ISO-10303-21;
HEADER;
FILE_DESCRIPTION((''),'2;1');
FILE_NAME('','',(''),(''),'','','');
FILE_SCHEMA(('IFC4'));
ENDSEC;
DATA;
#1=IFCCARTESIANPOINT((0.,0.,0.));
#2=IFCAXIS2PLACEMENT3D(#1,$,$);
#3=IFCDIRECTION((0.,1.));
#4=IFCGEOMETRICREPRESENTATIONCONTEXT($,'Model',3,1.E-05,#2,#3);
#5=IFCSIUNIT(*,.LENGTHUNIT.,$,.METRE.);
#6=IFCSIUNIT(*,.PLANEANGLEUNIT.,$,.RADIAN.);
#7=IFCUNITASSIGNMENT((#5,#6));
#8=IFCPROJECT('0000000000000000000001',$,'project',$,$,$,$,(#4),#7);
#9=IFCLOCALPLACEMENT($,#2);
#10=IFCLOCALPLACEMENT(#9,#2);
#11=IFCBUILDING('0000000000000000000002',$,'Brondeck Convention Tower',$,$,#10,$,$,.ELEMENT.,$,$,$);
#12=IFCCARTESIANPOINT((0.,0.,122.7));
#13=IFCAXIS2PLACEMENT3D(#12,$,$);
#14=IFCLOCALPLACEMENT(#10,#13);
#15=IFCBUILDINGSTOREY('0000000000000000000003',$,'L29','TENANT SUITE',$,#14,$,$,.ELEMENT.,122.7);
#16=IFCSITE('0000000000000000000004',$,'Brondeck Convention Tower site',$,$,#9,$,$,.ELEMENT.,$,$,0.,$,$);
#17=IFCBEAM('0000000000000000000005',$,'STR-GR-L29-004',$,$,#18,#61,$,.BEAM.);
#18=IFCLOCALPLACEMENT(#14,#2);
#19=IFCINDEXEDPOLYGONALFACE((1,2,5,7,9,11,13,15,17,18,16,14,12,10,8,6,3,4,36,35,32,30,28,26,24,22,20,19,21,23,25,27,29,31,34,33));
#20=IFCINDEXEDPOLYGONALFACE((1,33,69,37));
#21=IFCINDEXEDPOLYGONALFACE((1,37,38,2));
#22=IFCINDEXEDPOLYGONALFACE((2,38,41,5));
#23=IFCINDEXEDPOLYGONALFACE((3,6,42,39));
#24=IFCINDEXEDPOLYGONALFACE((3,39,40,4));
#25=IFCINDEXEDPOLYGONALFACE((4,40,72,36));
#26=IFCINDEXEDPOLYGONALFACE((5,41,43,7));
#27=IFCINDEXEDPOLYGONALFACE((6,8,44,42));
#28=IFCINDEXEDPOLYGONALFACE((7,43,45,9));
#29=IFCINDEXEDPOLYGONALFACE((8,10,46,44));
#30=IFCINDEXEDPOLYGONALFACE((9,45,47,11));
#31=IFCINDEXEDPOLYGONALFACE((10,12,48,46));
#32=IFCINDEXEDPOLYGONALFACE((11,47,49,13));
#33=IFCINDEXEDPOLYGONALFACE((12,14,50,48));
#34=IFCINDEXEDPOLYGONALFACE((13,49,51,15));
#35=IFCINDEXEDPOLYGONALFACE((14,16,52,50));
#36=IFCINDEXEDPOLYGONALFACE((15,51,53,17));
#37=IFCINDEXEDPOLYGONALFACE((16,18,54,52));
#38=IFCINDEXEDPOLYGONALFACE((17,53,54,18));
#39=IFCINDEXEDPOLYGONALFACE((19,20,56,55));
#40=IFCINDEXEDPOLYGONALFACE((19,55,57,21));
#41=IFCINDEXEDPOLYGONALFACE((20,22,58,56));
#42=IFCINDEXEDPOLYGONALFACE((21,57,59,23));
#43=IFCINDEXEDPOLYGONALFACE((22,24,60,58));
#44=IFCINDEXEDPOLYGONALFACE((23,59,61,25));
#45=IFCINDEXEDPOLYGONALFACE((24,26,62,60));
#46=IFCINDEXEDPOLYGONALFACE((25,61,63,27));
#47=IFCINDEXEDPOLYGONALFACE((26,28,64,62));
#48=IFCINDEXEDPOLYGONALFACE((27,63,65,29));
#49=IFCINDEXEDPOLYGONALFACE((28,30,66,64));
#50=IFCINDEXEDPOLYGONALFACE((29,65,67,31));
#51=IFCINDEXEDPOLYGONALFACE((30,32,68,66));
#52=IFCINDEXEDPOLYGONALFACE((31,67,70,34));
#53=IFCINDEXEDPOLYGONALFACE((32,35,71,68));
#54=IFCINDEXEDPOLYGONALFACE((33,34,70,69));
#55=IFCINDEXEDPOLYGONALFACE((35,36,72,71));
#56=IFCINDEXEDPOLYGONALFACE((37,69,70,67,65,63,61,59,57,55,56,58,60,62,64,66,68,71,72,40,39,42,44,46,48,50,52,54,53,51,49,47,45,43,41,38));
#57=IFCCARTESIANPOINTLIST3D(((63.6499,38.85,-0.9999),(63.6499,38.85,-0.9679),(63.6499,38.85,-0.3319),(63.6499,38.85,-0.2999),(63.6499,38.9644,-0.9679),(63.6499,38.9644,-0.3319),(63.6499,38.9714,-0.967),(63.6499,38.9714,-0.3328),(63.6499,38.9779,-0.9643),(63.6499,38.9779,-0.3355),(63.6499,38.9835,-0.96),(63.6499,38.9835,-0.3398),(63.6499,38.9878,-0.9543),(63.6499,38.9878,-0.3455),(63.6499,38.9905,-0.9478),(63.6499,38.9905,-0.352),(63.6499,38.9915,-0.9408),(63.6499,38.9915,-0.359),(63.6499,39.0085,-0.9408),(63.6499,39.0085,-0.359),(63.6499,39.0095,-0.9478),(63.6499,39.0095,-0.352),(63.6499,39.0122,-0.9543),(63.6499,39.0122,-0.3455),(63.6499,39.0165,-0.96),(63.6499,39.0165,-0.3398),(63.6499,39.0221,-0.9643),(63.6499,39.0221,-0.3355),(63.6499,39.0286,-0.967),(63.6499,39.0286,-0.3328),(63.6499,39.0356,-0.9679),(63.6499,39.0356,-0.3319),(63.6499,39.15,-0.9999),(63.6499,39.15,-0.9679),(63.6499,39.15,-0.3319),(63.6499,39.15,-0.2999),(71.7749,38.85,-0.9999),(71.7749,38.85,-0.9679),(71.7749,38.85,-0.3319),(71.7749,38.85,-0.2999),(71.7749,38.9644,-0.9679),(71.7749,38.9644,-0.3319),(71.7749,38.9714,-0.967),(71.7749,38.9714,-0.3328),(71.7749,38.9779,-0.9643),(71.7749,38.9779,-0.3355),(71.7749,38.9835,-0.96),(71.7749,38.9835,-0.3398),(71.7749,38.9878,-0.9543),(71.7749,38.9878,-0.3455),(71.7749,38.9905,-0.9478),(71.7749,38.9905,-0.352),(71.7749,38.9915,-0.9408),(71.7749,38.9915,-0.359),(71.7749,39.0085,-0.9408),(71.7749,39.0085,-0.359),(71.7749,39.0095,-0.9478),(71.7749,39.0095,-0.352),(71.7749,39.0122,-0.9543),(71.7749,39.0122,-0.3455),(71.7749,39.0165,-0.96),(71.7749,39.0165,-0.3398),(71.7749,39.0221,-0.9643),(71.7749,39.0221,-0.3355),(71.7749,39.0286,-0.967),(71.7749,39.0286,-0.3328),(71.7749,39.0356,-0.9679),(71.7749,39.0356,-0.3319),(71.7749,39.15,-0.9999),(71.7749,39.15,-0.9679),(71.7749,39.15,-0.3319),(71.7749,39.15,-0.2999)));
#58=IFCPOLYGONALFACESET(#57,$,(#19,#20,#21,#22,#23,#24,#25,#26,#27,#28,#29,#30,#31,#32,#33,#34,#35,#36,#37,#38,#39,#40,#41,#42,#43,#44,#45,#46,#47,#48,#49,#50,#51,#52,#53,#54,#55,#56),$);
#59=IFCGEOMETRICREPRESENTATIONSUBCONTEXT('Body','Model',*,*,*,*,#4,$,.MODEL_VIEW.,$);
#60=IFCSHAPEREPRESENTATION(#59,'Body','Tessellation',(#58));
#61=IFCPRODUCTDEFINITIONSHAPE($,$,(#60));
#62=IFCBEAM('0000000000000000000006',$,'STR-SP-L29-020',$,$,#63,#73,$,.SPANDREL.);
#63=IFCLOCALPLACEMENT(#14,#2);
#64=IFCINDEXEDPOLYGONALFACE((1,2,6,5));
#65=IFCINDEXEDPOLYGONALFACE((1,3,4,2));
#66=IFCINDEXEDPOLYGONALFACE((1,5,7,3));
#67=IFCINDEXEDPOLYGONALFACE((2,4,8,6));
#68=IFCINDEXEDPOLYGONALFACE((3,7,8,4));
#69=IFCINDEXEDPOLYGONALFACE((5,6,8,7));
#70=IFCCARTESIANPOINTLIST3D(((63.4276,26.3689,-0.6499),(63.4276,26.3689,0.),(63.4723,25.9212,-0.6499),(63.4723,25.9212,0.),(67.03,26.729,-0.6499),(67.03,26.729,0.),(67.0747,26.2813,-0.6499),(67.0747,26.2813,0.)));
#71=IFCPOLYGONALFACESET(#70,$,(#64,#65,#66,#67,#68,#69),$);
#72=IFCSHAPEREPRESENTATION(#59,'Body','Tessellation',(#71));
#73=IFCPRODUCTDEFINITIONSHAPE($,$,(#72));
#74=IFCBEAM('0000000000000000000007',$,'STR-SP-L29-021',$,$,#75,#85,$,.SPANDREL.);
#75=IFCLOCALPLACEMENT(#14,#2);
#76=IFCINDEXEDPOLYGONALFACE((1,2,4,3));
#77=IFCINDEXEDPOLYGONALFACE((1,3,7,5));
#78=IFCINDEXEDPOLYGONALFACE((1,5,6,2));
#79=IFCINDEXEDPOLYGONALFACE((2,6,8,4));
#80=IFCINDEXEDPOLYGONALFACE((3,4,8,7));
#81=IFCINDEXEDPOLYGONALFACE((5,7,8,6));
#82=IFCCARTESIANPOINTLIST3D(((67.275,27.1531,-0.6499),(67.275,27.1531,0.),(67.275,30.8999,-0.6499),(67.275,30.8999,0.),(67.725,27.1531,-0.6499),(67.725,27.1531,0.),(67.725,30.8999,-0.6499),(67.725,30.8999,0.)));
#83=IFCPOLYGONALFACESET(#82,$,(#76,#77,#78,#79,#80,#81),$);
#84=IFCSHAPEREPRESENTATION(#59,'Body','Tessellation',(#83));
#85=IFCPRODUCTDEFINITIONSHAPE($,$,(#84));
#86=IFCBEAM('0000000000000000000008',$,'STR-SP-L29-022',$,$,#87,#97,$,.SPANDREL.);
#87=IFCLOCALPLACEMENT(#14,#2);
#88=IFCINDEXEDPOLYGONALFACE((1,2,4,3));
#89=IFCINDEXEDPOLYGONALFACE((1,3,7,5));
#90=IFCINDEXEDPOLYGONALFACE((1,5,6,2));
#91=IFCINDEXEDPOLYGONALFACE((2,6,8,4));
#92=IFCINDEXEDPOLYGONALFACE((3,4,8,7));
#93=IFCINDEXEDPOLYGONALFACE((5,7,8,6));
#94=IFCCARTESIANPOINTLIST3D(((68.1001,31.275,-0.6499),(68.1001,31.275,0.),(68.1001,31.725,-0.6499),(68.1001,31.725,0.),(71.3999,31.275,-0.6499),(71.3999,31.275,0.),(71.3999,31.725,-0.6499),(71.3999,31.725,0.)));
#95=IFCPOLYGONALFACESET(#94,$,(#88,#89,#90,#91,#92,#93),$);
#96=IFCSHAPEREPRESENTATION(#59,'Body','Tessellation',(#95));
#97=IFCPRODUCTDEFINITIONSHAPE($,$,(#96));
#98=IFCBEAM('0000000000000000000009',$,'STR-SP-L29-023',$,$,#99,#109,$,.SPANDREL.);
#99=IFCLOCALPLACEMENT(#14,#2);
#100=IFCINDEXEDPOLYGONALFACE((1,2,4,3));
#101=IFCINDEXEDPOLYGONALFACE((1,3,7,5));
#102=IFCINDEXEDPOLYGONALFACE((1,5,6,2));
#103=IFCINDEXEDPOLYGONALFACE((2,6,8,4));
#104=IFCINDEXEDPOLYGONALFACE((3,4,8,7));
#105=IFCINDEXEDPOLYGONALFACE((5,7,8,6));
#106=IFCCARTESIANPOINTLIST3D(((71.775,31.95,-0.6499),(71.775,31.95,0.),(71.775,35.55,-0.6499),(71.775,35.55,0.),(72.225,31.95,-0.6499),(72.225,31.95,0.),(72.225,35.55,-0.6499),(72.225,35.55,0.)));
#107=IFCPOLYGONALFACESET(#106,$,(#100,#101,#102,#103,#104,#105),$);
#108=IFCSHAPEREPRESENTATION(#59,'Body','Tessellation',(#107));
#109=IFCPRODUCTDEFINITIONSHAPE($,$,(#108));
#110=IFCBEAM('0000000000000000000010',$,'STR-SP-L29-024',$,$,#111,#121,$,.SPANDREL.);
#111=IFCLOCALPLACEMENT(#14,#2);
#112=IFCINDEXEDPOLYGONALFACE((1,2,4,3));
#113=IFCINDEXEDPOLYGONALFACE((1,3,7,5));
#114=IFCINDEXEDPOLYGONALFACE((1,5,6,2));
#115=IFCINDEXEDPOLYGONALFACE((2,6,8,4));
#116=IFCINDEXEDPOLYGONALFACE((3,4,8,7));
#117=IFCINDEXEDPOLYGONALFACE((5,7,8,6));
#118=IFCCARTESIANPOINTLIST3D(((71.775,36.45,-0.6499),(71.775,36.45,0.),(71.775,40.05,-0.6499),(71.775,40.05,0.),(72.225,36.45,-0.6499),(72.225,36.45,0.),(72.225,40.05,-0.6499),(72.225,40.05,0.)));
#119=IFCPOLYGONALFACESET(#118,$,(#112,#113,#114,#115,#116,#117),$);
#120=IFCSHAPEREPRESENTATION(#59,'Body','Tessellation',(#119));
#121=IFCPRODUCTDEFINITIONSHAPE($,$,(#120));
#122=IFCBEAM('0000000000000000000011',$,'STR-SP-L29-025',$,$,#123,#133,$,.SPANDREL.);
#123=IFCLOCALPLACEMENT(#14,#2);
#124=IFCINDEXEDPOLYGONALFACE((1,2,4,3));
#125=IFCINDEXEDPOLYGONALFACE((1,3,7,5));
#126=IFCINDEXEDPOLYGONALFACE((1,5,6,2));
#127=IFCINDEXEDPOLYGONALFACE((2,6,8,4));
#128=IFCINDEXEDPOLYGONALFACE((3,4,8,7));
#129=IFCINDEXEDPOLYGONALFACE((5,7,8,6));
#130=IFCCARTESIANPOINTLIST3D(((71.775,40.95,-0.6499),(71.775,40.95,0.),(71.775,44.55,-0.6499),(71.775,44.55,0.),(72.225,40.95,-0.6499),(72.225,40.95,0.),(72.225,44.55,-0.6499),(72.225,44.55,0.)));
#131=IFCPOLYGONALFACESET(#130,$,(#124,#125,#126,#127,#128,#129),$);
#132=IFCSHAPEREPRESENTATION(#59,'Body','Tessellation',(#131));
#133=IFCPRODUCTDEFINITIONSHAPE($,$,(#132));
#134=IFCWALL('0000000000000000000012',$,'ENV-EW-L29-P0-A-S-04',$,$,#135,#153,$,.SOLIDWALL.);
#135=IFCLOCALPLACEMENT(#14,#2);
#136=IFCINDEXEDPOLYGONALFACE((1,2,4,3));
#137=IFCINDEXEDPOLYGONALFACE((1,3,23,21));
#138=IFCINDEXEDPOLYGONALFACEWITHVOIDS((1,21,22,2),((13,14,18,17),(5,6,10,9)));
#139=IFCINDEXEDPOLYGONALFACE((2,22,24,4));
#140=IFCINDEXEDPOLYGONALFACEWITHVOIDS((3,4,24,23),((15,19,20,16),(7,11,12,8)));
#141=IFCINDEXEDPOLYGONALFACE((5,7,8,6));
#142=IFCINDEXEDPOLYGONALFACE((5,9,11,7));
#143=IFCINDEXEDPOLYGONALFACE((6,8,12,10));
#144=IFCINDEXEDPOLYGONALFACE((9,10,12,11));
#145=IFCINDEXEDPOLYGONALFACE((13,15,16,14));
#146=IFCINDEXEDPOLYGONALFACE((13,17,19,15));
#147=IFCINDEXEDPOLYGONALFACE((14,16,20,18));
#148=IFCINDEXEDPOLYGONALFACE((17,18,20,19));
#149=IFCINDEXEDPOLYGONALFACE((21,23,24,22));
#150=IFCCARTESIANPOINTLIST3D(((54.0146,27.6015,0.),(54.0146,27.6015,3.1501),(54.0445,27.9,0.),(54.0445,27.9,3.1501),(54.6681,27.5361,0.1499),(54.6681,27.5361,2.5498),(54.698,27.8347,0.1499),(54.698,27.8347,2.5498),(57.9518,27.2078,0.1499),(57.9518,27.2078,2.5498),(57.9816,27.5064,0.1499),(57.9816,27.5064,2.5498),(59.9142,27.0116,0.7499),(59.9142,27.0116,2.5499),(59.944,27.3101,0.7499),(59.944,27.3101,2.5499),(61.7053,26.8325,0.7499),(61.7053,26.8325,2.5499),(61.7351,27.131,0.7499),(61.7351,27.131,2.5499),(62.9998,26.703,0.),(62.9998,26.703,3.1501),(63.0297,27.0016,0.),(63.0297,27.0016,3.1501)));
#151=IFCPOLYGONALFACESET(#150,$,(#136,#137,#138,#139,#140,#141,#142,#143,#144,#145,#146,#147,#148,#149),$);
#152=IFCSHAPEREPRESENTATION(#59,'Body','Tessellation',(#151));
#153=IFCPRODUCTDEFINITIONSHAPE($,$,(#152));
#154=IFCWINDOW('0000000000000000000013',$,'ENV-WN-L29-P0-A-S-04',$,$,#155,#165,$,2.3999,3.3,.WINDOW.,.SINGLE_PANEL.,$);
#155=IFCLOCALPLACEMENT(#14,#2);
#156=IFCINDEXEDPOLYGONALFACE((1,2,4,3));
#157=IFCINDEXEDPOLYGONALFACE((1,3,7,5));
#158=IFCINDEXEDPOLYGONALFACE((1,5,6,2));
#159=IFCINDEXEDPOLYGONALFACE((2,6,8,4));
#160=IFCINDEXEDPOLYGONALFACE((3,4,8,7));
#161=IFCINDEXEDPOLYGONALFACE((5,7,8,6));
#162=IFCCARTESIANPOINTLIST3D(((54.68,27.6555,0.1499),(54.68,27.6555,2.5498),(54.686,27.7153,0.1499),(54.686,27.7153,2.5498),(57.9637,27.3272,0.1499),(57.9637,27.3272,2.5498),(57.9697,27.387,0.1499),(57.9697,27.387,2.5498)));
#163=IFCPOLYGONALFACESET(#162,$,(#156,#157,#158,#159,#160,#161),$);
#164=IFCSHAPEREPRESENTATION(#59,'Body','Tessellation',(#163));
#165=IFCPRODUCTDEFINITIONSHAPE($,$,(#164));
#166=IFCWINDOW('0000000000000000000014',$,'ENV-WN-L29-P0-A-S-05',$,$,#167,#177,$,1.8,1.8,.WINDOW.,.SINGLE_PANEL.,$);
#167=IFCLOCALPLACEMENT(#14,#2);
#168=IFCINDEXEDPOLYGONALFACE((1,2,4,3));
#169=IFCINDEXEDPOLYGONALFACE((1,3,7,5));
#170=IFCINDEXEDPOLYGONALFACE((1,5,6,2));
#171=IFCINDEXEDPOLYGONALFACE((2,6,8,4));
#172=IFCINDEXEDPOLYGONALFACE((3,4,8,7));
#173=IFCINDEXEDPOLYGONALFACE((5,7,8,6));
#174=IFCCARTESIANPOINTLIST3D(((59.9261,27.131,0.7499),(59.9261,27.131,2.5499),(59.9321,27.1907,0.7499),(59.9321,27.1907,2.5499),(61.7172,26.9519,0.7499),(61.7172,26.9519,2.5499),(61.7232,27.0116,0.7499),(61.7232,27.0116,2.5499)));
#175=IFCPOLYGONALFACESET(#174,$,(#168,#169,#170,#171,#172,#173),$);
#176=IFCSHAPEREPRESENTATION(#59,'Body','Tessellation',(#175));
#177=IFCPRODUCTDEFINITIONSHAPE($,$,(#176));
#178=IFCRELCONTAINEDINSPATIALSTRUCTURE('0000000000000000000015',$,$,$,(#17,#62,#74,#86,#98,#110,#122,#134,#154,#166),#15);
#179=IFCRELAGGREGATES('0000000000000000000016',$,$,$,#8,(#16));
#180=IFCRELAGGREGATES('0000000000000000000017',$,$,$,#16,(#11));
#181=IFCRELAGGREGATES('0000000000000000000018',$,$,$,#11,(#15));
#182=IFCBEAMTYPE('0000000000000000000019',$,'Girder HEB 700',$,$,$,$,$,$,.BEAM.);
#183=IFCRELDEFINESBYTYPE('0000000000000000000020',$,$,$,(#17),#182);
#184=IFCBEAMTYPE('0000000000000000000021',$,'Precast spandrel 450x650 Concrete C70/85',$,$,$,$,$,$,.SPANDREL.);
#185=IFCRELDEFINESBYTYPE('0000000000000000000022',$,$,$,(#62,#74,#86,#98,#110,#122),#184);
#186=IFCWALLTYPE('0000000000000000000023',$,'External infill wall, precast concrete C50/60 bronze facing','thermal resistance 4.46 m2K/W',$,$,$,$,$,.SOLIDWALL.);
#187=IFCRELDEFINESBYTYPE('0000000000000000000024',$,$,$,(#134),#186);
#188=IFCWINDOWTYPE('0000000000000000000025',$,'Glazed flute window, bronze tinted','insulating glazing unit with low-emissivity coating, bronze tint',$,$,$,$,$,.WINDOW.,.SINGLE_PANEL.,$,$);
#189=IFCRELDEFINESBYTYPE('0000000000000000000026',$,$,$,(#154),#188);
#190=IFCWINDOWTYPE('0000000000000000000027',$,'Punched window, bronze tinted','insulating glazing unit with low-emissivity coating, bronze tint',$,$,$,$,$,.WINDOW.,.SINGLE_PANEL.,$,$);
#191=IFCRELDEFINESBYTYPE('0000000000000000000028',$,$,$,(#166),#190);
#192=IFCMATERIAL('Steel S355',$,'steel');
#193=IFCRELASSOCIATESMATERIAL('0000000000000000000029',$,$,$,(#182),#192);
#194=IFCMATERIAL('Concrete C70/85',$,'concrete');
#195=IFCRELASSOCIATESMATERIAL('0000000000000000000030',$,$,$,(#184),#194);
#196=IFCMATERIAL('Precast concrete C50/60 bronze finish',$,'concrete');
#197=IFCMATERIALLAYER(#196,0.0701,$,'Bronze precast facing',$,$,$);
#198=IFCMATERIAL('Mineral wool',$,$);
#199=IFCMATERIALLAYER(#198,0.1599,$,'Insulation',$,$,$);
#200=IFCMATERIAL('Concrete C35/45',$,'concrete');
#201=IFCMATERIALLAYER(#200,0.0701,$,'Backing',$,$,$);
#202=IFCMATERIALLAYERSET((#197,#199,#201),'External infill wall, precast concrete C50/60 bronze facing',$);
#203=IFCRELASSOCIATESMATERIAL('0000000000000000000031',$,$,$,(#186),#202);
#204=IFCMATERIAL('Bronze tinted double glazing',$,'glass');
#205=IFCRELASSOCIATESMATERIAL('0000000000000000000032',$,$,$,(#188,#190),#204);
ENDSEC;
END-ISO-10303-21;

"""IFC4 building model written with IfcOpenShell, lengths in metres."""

from ifc_helpers import new_model, si_unit, direction, frame, frame_2d, origin, origin_2d, place, context, subcontext, project, spatial, rectangle, i_section, extrude, material, layer, layer_set, material_profile, profile_set, type_object, element, fill, save


model = new_model("IFC4")

# Units and contexts
model_context = context("Model", 3, precision=1e-05, world=origin(), true_north=direction((0.0, 1.0)))
body_context = subcontext(model_context, "Body", "Model", "MODEL_VIEW")
ifc_project = project(units=[si_unit("LENGTHUNIT", "METRE"), si_unit("PLANEANGLEUNIT", "RADIAN")], contexts=[model_context])

# Site, building, storey
site_placement = place(None, origin())
site = spatial("IfcSite", under=ifc_project, at=site_placement, Name="Brondeck Convention Tower site", CompositionType="ELEMENT", RefElevation=0.0)
building_placement = place(site_placement, origin())
building = spatial("IfcBuilding", under=site, at=building_placement, Name="Brondeck Convention Tower", CompositionType="ELEMENT")
storey_placement = place(building_placement, frame((0.0, 0.0, 122.7)))
storey = spatial("IfcBuildingStorey", under=building, at=storey_placement, Name="L29", Description="TENANT SUITE", CompositionType="ELEMENT", Elevation=122.7)

# Shared definitions
ifc_material_1 = material(Name="Concrete C70/85", Category="concrete")

# Beams
ifc_material_2 = material(Name="Steel S355", Category="steel")
ifc_material_profile_1 = material_profile(ifc_material_2, i_section(OverallWidth=0.3, OverallDepth=0.7, WebThickness=0.0171, FlangeThickness=0.032, FilletRadius=0.0271, at=origin_2d()), Name="HEB 700")
ifc_profile_set_1 = profile_set([ifc_material_profile_1], Name="Steel S355")
beam_type_1 = type_object("IfcBeamType", Name="Girder HEB 700", PredefinedType="BEAM", material=ifc_profile_set_1)
beam_1_placement = place(storey_placement, frame((63.6499, 39.0, -0.6499), z_axis=(1.0, 0.0, 0.0), x_axis=(0.0, 1.0, 0.0)))
element("IfcBeam", 1, at=beam_1_placement, inside=storey, type_object=beam_type_1, Name="STR-GR-L29-004", PredefinedType="BEAM", context=body_context, shape_type="SweptSolid", body=[
    extrude(i_section(OverallWidth=0.3, OverallDepth=0.7, WebThickness=0.0171, FlangeThickness=0.032, FilletRadius=0.0271, at=origin_2d()), origin(), (0.0, 0.0, 1.0), 8.125),
])
ifc_material_profile_2 = material_profile(ifc_material_1, rectangle(XDim=0.45, YDim=0.6499, at=origin_2d()), Name="Precast spandrel 450x650 Concrete C70/85")
ifc_profile_set_2 = profile_set([ifc_material_profile_2], Name="Concrete C70/85")
beam_type_2 = type_object("IfcBeamType", Name="Precast spandrel 450x650 Concrete C70/85", PredefinedType="SPANDREL", material=ifc_profile_set_2)
beam_2_placement = place(storey_placement, frame((63.45, 26.145, -0.325), z_axis=(0.995041, 0.09947, 0.0), x_axis=(-0.09947, 0.995041, 0.0)))
element("IfcBeam", 2, at=beam_2_placement, inside=storey, type_object=beam_type_2, Name="STR-SP-L29-020", PredefinedType="SPANDREL", context=body_context, shape_type="SweptSolid", body=[
    extrude(rectangle(XDim=0.45, YDim=0.6499, at=origin_2d()), origin(), (0.0, 0.0, 1.0), 3.6204),
])
beam_3_placement = place(storey_placement, frame((67.5, 27.1531, -0.325), z_axis=(0.0, 1.0, 0.0), x_axis=(-1.0, 0.0, 0.0)))
element("IfcBeam", 3, at=beam_3_placement, inside=storey, type_object=beam_type_2, Name="STR-SP-L29-021", PredefinedType="SPANDREL", context=body_context, shape_type="SweptSolid", body=[
    extrude(rectangle(XDim=0.45, YDim=0.6499, at=origin_2d()), origin(), (0.0, 0.0, 1.0), 3.7468),
])
beam_4_placement = place(storey_placement, frame((68.1001, 31.5, -0.325), z_axis=(1.0, 0.0, 0.0), x_axis=(0.0, 1.0, 0.0)))
element("IfcBeam", 4, at=beam_4_placement, inside=storey, type_object=beam_type_2, Name="STR-SP-L29-022", PredefinedType="SPANDREL", context=body_context, shape_type="SweptSolid", body=[
    extrude(rectangle(XDim=0.45, YDim=0.6499, at=origin_2d()), origin(), (0.0, 0.0, 1.0), 3.2998),
])
for number, where, z_axis, x_axis, name in (
    (5, (72.0, 31.95, -0.325), (0.0, 1.0, 0.0), (-1.0, 0.0, 0.0), "STR-SP-L29-023"),
    (6, (72.0, 36.45, -0.325), (0.0, 1.0, 0.0), (-1.0, 0.0, 0.0), "STR-SP-L29-024"),
    (7, (72.0, 40.95, -0.325), (0.0, 1.0, 0.0), (-1.0, 0.0, 0.0), "STR-SP-L29-025"),
):
    element("IfcBeam", number, at=place(storey_placement, frame(where, z_axis=z_axis, x_axis=x_axis)), inside=storey, type_object=beam_type_2, Name=name, PredefinedType="SPANDREL", context=body_context, shape_type="SweptSolid", body=[
        extrude(rectangle(XDim=0.45, YDim=0.6499, at=origin_2d()), origin(), (0.0, 0.0, 1.0), 3.6001),
    ])

# Wall, openings, windows
ifc_material_3 = material(Name="Precast concrete C50/60 bronze finish", Category="concrete")
ifc_layer_1 = layer(ifc_material_3, 0.0701, Name="Bronze precast facing")
ifc_material_4 = material(Name="Mineral wool")
ifc_layer_2 = layer(ifc_material_4, 0.1599, Name="Insulation")
ifc_material_5 = material(Name="Concrete C35/45", Category="concrete")
ifc_layer_3 = layer(ifc_material_5, 0.0701, Name="Backing")
ifc_layer_set_1 = layer_set([ifc_layer_1, ifc_layer_2, ifc_layer_3], Name="External infill wall, precast concrete C50/60 bronze facing")
wall_type_1 = type_object("IfcWallType", Name="External infill wall, precast concrete C50/60 bronze facing", Description="thermal resistance 4.46 m2K/W", PredefinedType="SOLIDWALL", material=ifc_layer_set_1)
wall_1_placement = place(storey_placement, frame((63.0149, 26.8523, 0.0), z_axis=(0.0, 0.0, 1.0), x_axis=(-0.995038, 0.099496, 0.0)))
wall_1 = element("IfcWall", 8, at=wall_1_placement, inside=storey, type_object=wall_type_1, Name="ENV-EW-L29-P0-A-S-04", PredefinedType="SOLIDWALL", context=body_context, shape_type="SweptSolid", body=[
    extrude(rectangle(XDim=9.03, YDim=0.3, at=frame_2d((4.5151, 0.0))), origin(), (0.0, 0.0, 1.0), 3.1501),
])
opening_1_placement = place(wall_1_placement, frame((1.3013, 0.0, 0.75)))
opening_1 = element("IfcOpeningElement", 9, at=opening_1_placement, cuts=wall_1, PredefinedType="OPENING", context=body_context, shape_type="SweptSolid", body=[
    extrude(rectangle(XDim=1.8, YDim=1.8, at=frame_2d((0.8999, 0.8999))), frame((0.0, 0.1599, 0.0), z_axis=(0.0, -1.0, 0.0), x_axis=(1.0, 0.0, 0.0)), (0.0, 0.0, 1.0), 0.3201),
])
opening_2_placement = place(wall_1_placement, frame((5.0735, 0.0, 0.1499)))
opening_2 = element("IfcOpeningElement", 10, at=opening_2_placement, cuts=wall_1, PredefinedType="OPENING", context=body_context, shape_type="SweptSolid", body=[
    extrude(rectangle(XDim=3.3, YDim=2.3999, at=frame_2d((1.6499, 1.2))), frame((0.0, 0.1599, 0.0), z_axis=(0.0, -1.0, 0.0), x_axis=(1.0, 0.0, 0.0)), (0.0, 0.0, 1.0), 0.3201),
])
ifc_material_6 = material(Name="Bronze tinted double glazing", Category="glass")
window_type_1 = type_object("IfcWindowType", Name="Glazed flute window, bronze tinted", Description="insulating glazing unit with low-emissivity coating, bronze tint", PartitioningType="SINGLE_PANEL", PredefinedType="WINDOW", material=ifc_material_6)
window_1_placement = place(opening_2_placement, origin())
window_1 = element("IfcWindow", 11, at=window_1_placement, inside=storey, type_object=window_type_1, Name="ENV-WN-L29-P0-A-S-04", OverallHeight=2.3999, OverallWidth=3.3, PartitioningType="SINGLE_PANEL", PredefinedType="WINDOW", context=body_context, shape_type="SweptSolid", body=[
    extrude(rectangle(XDim=3.3, YDim=2.3999, at=frame_2d((1.6499, 1.2))), frame((0.0, 0.03, 0.0), z_axis=(0.0, -1.0, 0.0), x_axis=(1.0, 0.0, 0.0)), (0.0, 0.0, 1.0), 0.0601),
])
fill(opening_2, window_1)
window_type_2 = type_object("IfcWindowType", Name="Punched window, bronze tinted", Description="insulating glazing unit with low-emissivity coating, bronze tint", PartitioningType="SINGLE_PANEL", PredefinedType="WINDOW", material=ifc_material_6)
window_2_placement = place(opening_1_placement, origin())
window_2 = element("IfcWindow", 12, at=window_2_placement, inside=storey, type_object=window_type_2, Name="ENV-WN-L29-P0-A-S-05", OverallHeight=1.8, OverallWidth=1.8, PartitioningType="SINGLE_PANEL", PredefinedType="WINDOW", context=body_context, shape_type="SweptSolid", body=[
    extrude(rectangle(XDim=1.8, YDim=1.8, at=frame_2d((0.8999, 0.8999))), frame((0.0, 0.03, 0.0), z_axis=(0.0, -1.0, 0.0), x_axis=(1.0, 0.0, 0.0)), (0.0, 0.0, 1.0), 0.0601),
])
fill(opening_1, window_2)

save(model, "model.ifc")
